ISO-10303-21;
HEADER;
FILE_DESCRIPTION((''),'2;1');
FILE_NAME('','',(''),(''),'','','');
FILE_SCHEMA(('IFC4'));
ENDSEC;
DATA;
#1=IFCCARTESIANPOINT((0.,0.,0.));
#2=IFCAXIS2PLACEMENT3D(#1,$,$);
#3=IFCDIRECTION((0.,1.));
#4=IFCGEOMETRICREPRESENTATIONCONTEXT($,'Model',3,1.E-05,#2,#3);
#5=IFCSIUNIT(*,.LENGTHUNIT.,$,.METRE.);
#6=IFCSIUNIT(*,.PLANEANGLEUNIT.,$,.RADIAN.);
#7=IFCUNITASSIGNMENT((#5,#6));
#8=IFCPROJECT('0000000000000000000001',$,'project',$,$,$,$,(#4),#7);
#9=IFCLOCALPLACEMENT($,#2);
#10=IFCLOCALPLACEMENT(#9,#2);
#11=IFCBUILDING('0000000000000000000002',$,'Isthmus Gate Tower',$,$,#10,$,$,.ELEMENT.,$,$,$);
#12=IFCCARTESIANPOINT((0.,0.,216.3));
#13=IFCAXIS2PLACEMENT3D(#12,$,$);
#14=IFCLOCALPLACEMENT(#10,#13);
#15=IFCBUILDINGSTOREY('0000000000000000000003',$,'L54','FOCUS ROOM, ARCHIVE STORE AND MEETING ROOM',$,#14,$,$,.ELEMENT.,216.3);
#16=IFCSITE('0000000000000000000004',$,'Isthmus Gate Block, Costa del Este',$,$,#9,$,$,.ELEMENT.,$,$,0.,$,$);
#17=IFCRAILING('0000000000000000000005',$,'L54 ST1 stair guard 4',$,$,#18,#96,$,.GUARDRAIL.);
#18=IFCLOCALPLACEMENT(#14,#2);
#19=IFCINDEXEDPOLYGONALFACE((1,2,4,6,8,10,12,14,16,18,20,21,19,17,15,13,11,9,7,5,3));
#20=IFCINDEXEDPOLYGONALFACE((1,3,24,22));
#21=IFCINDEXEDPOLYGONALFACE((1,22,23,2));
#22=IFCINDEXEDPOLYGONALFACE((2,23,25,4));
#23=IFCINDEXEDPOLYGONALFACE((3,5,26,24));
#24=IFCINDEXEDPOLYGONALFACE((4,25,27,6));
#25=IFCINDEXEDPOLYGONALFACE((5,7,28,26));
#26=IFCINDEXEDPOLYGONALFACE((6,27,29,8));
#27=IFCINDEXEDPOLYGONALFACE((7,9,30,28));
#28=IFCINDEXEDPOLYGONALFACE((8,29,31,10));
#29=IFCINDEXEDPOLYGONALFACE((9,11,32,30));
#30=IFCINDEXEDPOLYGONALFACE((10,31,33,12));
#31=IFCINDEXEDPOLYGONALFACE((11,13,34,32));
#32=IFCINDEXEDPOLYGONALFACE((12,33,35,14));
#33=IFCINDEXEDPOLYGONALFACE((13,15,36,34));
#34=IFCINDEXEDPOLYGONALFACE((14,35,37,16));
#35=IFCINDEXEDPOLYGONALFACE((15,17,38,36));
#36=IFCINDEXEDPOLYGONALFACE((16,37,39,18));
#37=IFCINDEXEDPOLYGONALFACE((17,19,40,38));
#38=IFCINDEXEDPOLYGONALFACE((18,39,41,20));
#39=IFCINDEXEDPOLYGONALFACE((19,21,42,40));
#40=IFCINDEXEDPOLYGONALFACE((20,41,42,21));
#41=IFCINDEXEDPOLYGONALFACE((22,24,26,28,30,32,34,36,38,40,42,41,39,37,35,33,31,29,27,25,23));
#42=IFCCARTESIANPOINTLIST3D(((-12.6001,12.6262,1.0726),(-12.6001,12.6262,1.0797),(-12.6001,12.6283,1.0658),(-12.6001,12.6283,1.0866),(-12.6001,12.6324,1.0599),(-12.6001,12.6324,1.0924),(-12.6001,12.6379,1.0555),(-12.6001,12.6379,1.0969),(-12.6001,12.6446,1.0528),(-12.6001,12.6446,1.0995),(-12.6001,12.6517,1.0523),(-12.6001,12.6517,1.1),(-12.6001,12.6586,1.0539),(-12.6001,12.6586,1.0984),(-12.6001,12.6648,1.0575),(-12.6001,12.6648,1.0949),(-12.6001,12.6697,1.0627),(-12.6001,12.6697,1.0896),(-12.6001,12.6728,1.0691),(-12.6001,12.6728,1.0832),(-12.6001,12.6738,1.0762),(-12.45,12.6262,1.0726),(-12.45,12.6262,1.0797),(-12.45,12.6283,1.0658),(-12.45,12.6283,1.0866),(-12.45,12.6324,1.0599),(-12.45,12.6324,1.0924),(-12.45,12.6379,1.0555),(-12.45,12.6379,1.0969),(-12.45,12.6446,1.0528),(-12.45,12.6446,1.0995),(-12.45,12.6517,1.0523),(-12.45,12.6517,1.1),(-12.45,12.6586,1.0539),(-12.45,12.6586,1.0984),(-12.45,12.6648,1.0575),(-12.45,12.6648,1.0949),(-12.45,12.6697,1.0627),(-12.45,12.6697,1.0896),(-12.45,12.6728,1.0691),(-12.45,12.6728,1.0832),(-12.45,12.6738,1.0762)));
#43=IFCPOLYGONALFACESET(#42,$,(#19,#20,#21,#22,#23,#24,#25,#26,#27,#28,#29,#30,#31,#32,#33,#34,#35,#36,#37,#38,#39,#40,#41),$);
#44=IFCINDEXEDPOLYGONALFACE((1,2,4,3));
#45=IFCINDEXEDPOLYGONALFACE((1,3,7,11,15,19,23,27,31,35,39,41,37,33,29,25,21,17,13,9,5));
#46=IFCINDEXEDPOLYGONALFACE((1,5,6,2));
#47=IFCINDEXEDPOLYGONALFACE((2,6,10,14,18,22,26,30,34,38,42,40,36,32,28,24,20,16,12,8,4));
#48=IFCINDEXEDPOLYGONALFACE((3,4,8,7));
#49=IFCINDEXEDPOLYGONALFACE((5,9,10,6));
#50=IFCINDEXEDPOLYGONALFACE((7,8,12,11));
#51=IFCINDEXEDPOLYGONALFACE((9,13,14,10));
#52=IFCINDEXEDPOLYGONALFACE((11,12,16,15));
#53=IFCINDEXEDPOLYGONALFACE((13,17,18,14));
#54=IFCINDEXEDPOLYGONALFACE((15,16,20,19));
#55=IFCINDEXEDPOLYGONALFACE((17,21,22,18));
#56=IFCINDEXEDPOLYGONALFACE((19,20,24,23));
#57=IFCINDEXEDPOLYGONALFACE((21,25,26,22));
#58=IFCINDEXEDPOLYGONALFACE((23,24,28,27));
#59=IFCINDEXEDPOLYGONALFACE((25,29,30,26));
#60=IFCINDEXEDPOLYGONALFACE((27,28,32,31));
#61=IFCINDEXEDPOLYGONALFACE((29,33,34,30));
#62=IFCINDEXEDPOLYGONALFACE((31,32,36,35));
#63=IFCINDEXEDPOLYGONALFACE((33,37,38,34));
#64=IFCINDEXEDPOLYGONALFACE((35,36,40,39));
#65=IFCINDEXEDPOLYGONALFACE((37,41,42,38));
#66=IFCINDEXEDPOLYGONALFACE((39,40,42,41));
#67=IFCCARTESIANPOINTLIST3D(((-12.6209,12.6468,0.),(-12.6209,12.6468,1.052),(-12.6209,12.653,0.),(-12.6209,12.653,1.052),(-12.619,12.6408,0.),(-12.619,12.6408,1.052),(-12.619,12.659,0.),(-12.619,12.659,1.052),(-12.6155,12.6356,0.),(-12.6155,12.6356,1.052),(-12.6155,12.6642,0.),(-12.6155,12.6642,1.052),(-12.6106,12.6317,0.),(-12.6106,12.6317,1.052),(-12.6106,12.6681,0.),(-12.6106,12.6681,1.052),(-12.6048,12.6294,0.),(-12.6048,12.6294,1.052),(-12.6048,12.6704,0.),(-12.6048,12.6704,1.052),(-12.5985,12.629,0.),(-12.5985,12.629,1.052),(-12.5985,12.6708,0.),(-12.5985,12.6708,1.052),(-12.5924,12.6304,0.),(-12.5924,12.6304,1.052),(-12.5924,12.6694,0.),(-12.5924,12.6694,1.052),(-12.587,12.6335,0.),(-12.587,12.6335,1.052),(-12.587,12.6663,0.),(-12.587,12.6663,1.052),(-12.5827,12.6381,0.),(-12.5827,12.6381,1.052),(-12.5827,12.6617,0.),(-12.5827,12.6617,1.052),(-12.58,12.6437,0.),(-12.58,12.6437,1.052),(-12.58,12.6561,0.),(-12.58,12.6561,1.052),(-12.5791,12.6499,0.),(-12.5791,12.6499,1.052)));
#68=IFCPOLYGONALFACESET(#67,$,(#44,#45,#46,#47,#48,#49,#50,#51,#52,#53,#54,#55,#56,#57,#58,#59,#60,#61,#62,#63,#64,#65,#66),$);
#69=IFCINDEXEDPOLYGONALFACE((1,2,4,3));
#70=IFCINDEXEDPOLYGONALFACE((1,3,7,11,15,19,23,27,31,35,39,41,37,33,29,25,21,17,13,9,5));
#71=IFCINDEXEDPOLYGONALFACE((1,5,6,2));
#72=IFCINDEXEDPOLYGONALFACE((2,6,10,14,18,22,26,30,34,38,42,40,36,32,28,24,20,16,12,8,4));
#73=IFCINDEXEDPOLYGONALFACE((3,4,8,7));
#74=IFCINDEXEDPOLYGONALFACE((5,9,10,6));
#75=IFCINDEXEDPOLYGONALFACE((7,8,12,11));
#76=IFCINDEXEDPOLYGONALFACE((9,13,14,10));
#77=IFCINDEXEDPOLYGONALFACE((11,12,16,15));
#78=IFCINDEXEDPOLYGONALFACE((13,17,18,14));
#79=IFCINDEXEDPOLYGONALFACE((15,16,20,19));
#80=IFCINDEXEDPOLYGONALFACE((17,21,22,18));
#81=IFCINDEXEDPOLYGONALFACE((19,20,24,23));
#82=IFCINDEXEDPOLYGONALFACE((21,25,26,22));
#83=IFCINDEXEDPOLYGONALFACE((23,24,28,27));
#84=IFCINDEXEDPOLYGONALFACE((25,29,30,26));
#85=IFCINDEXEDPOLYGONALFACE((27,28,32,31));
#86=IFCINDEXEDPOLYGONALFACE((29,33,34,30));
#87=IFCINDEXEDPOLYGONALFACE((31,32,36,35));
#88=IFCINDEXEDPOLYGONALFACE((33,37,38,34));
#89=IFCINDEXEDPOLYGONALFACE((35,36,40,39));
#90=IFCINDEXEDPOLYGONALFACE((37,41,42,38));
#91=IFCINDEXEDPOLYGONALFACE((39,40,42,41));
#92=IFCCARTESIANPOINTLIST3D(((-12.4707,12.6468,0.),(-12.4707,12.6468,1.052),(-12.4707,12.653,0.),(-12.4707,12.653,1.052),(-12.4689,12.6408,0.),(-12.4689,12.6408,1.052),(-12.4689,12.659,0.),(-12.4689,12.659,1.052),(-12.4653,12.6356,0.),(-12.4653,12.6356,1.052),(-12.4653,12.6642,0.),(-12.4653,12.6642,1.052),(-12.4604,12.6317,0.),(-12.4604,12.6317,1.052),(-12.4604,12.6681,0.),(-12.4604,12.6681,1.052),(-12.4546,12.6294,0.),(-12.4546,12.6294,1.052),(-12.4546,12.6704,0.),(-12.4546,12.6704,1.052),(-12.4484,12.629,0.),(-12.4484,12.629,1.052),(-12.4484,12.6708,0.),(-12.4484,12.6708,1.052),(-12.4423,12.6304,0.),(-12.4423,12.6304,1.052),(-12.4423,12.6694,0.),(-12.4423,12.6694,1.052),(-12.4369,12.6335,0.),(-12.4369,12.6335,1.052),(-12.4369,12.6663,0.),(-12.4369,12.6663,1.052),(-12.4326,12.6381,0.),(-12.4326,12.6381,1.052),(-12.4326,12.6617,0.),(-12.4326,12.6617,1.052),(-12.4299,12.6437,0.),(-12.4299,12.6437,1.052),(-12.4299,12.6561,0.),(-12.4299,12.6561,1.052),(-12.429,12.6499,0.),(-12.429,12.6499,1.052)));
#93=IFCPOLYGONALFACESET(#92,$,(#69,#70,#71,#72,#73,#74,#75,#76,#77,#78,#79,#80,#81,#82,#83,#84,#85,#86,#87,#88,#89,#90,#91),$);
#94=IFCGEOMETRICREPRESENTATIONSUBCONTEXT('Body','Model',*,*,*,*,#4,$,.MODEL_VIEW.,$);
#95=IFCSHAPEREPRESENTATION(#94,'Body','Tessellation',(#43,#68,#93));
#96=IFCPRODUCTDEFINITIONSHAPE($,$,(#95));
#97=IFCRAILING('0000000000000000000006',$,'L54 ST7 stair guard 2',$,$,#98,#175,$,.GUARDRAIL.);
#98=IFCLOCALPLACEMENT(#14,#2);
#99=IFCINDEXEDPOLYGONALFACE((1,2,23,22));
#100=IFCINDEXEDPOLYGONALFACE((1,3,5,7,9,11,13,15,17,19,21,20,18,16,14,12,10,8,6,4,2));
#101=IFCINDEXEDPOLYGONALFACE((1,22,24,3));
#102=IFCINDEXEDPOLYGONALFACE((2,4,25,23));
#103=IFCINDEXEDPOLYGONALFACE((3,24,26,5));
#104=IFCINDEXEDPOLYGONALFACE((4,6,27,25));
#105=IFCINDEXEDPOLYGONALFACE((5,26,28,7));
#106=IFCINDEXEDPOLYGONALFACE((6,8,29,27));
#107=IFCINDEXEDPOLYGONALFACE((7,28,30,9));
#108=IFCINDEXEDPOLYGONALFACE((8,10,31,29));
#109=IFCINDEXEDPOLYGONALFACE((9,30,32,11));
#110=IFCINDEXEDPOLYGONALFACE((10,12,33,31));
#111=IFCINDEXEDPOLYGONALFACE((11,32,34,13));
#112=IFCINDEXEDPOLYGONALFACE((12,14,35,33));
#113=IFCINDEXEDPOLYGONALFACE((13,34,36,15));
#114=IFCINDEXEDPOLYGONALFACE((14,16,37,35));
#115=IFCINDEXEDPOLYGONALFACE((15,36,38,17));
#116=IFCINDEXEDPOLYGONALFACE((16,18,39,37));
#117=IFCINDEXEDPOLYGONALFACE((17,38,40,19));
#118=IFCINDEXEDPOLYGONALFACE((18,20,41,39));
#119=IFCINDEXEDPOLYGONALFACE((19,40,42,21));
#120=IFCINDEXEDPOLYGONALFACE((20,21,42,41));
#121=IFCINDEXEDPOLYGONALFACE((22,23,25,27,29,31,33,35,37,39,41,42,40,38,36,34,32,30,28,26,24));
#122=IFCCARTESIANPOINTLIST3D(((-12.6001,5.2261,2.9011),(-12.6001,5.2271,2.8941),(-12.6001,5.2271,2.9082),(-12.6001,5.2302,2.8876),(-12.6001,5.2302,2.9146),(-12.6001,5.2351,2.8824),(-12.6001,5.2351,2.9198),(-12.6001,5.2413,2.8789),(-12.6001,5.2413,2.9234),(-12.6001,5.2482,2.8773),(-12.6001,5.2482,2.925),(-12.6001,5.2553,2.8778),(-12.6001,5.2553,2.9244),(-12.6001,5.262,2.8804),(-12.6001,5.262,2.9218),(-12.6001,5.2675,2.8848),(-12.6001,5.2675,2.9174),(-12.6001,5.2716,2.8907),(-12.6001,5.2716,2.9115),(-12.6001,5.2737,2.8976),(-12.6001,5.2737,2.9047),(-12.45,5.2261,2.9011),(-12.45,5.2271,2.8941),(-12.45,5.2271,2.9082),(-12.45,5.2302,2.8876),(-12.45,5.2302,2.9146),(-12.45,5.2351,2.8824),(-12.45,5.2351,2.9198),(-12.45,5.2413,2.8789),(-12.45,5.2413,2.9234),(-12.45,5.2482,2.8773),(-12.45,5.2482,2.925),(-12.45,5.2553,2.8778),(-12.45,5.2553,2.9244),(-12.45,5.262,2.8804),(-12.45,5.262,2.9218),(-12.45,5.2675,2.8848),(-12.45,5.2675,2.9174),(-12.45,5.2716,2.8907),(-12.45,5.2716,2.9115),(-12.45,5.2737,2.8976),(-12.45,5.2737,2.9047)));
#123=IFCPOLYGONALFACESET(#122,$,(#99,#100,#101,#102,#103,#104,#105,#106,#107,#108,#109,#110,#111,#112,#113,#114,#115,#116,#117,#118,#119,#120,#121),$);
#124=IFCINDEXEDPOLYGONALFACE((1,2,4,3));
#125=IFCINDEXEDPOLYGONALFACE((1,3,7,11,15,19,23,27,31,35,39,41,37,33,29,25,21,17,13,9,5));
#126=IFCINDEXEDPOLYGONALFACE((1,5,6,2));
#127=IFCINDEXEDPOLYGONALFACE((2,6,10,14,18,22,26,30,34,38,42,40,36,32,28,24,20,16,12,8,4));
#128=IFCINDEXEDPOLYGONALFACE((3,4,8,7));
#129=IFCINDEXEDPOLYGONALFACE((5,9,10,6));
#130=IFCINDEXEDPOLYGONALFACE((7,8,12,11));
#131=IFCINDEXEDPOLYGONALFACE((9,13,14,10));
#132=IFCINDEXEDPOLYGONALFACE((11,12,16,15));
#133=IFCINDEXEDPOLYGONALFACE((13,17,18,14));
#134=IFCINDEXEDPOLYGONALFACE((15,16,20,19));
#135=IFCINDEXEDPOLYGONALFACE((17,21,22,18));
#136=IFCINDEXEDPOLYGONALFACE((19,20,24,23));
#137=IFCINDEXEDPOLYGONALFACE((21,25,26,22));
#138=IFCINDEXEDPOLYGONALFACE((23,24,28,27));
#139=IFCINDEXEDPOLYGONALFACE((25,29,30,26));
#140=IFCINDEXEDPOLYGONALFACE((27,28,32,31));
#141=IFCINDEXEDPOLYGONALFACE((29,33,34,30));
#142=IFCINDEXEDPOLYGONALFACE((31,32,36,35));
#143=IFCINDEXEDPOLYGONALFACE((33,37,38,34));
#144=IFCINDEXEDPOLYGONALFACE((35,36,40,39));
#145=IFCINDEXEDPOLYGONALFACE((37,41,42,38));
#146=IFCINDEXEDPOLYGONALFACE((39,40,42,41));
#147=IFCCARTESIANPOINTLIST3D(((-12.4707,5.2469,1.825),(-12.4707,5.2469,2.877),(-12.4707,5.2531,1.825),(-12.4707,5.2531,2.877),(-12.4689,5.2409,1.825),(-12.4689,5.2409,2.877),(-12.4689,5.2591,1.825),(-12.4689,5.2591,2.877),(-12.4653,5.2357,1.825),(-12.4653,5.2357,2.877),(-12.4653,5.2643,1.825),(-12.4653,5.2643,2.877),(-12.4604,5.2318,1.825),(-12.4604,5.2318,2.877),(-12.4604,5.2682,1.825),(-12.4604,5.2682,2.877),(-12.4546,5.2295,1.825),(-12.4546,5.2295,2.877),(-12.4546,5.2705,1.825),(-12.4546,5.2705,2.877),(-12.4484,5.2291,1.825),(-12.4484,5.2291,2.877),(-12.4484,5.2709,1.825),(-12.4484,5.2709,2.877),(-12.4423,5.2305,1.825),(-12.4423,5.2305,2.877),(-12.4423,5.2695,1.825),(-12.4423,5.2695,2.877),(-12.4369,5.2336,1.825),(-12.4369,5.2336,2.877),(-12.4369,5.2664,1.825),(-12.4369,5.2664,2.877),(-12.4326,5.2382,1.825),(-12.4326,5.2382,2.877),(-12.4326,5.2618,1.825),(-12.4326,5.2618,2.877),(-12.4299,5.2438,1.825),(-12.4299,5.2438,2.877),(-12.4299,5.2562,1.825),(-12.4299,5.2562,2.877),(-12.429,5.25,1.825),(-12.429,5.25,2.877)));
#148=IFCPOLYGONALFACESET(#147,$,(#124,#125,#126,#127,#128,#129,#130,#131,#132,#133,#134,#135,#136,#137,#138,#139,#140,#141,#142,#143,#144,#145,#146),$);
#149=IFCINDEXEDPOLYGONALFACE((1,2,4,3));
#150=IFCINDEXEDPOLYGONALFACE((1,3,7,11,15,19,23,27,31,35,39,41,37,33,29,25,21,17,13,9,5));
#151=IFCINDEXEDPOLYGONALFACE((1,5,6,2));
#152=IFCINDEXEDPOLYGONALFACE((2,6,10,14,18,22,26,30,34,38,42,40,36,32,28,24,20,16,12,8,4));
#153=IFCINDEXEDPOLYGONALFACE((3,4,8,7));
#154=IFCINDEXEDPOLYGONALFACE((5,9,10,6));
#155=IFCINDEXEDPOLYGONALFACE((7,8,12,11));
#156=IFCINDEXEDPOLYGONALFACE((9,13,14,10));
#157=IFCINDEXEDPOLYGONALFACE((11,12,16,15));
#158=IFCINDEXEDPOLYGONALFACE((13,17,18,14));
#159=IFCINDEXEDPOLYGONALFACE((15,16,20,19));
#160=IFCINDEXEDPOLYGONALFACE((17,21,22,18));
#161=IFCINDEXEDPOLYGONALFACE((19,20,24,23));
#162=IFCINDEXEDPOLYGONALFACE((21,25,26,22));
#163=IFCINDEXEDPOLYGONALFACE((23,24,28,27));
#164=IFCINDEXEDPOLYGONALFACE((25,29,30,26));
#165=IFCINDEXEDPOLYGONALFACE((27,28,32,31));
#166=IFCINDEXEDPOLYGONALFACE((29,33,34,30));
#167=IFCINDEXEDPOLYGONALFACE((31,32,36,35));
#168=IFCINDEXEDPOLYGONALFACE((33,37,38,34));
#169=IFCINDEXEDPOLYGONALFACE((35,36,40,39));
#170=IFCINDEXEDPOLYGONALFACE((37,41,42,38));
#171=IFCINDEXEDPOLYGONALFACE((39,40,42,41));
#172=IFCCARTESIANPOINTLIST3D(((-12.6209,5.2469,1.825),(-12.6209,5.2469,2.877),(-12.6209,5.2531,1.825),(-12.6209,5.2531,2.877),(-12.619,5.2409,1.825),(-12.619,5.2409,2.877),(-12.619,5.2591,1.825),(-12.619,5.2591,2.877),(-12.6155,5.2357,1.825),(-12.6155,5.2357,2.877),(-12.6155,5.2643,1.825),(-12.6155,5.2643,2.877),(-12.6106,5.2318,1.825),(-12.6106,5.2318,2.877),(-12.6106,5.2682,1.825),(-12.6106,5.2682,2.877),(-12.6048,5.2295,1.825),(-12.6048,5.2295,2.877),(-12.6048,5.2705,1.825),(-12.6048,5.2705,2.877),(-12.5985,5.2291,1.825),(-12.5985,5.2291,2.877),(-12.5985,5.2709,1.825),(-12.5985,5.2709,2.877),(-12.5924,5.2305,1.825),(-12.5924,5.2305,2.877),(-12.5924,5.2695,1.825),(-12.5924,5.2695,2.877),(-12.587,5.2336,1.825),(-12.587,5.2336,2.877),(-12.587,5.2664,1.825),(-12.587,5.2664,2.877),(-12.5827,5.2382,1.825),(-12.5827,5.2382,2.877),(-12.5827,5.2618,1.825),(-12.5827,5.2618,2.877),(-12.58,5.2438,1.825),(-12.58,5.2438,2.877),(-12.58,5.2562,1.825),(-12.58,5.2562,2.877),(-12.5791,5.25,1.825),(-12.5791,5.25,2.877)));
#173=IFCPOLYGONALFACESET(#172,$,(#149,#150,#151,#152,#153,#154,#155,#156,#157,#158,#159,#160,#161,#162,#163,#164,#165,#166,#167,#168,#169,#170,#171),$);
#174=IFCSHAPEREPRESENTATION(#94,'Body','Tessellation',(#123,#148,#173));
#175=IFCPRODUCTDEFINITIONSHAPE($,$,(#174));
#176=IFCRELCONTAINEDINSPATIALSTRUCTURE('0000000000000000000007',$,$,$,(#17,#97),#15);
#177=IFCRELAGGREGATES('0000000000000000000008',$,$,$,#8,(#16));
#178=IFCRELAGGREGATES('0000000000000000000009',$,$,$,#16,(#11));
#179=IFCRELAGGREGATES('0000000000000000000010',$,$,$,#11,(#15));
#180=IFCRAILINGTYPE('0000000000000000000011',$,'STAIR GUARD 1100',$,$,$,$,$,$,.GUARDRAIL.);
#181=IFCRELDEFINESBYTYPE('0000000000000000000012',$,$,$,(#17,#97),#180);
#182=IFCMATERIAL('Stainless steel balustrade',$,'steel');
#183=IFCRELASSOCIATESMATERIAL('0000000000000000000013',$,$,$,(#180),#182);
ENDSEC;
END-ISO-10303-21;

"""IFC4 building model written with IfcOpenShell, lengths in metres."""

from ifc_helpers import new_model, si_unit, direction, frame, origin, origin_2d, place, context, subcontext, project, spatial, circle, extrude, material, type_object, element, save


model = new_model("IFC4")

# Units and contexts
model_context = context("Model", 3, precision=1e-05, world=origin(), true_north=direction((0.0, 1.0)))
body_context = subcontext(model_context, "Body", "Model", "MODEL_VIEW")
ifc_project = project(units=[si_unit("LENGTHUNIT", "METRE"), si_unit("PLANEANGLEUNIT", "RADIAN")], contexts=[model_context])

# Site, building, storey
site_placement = place(None, origin())
site = spatial("IfcSite", under=ifc_project, at=site_placement, Name="Isthmus Gate Block, Costa del Este", CompositionType="ELEMENT", RefElevation=0.0)
building_placement = place(site_placement, origin())
building = spatial("IfcBuilding", under=site, at=building_placement, Name="Isthmus Gate Tower", CompositionType="ELEMENT")
storey_placement = place(building_placement, frame((0.0, 0.0, 216.3)))
storey = spatial("IfcBuildingStorey", under=building, at=storey_placement, Name="L54", Description="FOCUS ROOM, ARCHIVE STORE AND MEETING ROOM", CompositionType="ELEMENT", Elevation=216.3)

# Railings
ifc_material_1 = material(Name="Stainless steel balustrade", Category="steel")
railing_type_1 = type_object("IfcRailingType", Name="STAIR GUARD 1100", PredefinedType="GUARDRAIL", material=ifc_material_1)
railing_1_placement = place(storey_placement, frame((-12.6001, 12.6499, 0.0)))
element("IfcRailing", 1, at=railing_1_placement, inside=storey, type_object=railing_type_1, Name="L54 ST1 stair guard 4", PredefinedType="GUARDRAIL", context=body_context, shape_type="SweptSolid", body=[
    extrude(circle(Radius=0.0239, at=origin_2d()), frame((0.0, 0.0, 1.0762), z_axis=(1.0, 0.0, 0.0), x_axis=(0.0, 1.0, 0.0)), (0.0, 0.0, 1.0), 0.1501),
    extrude(circle(Radius=0.021, at=origin_2d()), origin(), (0.0, 0.0, 1.0), 1.052),
    extrude(circle(Radius=0.021, at=origin_2d()), frame((0.1501, 0.0, 0.0)), (0.0, 0.0, 1.0), 1.052),
])
railing_2_placement = place(storey_placement, frame((-12.45, 5.25, 1.825)))
element("IfcRailing", 2, at=railing_2_placement, inside=storey, type_object=railing_type_1, Name="L54 ST7 stair guard 2", PredefinedType="GUARDRAIL", context=body_context, shape_type="SweptSolid", body=[
    extrude(circle(Radius=0.0239, at=origin_2d()), frame((0.0, 0.0, 1.0762), z_axis=(-1.0, 0.0, 0.0), x_axis=(0.0, -1.0, 0.0)), (0.0, 0.0, 1.0), 0.1501),
    extrude(circle(Radius=0.021, at=origin_2d()), origin(), (0.0, 0.0, 1.0), 1.052),
    extrude(circle(Radius=0.021, at=origin_2d()), frame((-0.1501, 0.0, 0.0)), (0.0, 0.0, 1.0), 1.052),
])

save(model, "model.ifc")
